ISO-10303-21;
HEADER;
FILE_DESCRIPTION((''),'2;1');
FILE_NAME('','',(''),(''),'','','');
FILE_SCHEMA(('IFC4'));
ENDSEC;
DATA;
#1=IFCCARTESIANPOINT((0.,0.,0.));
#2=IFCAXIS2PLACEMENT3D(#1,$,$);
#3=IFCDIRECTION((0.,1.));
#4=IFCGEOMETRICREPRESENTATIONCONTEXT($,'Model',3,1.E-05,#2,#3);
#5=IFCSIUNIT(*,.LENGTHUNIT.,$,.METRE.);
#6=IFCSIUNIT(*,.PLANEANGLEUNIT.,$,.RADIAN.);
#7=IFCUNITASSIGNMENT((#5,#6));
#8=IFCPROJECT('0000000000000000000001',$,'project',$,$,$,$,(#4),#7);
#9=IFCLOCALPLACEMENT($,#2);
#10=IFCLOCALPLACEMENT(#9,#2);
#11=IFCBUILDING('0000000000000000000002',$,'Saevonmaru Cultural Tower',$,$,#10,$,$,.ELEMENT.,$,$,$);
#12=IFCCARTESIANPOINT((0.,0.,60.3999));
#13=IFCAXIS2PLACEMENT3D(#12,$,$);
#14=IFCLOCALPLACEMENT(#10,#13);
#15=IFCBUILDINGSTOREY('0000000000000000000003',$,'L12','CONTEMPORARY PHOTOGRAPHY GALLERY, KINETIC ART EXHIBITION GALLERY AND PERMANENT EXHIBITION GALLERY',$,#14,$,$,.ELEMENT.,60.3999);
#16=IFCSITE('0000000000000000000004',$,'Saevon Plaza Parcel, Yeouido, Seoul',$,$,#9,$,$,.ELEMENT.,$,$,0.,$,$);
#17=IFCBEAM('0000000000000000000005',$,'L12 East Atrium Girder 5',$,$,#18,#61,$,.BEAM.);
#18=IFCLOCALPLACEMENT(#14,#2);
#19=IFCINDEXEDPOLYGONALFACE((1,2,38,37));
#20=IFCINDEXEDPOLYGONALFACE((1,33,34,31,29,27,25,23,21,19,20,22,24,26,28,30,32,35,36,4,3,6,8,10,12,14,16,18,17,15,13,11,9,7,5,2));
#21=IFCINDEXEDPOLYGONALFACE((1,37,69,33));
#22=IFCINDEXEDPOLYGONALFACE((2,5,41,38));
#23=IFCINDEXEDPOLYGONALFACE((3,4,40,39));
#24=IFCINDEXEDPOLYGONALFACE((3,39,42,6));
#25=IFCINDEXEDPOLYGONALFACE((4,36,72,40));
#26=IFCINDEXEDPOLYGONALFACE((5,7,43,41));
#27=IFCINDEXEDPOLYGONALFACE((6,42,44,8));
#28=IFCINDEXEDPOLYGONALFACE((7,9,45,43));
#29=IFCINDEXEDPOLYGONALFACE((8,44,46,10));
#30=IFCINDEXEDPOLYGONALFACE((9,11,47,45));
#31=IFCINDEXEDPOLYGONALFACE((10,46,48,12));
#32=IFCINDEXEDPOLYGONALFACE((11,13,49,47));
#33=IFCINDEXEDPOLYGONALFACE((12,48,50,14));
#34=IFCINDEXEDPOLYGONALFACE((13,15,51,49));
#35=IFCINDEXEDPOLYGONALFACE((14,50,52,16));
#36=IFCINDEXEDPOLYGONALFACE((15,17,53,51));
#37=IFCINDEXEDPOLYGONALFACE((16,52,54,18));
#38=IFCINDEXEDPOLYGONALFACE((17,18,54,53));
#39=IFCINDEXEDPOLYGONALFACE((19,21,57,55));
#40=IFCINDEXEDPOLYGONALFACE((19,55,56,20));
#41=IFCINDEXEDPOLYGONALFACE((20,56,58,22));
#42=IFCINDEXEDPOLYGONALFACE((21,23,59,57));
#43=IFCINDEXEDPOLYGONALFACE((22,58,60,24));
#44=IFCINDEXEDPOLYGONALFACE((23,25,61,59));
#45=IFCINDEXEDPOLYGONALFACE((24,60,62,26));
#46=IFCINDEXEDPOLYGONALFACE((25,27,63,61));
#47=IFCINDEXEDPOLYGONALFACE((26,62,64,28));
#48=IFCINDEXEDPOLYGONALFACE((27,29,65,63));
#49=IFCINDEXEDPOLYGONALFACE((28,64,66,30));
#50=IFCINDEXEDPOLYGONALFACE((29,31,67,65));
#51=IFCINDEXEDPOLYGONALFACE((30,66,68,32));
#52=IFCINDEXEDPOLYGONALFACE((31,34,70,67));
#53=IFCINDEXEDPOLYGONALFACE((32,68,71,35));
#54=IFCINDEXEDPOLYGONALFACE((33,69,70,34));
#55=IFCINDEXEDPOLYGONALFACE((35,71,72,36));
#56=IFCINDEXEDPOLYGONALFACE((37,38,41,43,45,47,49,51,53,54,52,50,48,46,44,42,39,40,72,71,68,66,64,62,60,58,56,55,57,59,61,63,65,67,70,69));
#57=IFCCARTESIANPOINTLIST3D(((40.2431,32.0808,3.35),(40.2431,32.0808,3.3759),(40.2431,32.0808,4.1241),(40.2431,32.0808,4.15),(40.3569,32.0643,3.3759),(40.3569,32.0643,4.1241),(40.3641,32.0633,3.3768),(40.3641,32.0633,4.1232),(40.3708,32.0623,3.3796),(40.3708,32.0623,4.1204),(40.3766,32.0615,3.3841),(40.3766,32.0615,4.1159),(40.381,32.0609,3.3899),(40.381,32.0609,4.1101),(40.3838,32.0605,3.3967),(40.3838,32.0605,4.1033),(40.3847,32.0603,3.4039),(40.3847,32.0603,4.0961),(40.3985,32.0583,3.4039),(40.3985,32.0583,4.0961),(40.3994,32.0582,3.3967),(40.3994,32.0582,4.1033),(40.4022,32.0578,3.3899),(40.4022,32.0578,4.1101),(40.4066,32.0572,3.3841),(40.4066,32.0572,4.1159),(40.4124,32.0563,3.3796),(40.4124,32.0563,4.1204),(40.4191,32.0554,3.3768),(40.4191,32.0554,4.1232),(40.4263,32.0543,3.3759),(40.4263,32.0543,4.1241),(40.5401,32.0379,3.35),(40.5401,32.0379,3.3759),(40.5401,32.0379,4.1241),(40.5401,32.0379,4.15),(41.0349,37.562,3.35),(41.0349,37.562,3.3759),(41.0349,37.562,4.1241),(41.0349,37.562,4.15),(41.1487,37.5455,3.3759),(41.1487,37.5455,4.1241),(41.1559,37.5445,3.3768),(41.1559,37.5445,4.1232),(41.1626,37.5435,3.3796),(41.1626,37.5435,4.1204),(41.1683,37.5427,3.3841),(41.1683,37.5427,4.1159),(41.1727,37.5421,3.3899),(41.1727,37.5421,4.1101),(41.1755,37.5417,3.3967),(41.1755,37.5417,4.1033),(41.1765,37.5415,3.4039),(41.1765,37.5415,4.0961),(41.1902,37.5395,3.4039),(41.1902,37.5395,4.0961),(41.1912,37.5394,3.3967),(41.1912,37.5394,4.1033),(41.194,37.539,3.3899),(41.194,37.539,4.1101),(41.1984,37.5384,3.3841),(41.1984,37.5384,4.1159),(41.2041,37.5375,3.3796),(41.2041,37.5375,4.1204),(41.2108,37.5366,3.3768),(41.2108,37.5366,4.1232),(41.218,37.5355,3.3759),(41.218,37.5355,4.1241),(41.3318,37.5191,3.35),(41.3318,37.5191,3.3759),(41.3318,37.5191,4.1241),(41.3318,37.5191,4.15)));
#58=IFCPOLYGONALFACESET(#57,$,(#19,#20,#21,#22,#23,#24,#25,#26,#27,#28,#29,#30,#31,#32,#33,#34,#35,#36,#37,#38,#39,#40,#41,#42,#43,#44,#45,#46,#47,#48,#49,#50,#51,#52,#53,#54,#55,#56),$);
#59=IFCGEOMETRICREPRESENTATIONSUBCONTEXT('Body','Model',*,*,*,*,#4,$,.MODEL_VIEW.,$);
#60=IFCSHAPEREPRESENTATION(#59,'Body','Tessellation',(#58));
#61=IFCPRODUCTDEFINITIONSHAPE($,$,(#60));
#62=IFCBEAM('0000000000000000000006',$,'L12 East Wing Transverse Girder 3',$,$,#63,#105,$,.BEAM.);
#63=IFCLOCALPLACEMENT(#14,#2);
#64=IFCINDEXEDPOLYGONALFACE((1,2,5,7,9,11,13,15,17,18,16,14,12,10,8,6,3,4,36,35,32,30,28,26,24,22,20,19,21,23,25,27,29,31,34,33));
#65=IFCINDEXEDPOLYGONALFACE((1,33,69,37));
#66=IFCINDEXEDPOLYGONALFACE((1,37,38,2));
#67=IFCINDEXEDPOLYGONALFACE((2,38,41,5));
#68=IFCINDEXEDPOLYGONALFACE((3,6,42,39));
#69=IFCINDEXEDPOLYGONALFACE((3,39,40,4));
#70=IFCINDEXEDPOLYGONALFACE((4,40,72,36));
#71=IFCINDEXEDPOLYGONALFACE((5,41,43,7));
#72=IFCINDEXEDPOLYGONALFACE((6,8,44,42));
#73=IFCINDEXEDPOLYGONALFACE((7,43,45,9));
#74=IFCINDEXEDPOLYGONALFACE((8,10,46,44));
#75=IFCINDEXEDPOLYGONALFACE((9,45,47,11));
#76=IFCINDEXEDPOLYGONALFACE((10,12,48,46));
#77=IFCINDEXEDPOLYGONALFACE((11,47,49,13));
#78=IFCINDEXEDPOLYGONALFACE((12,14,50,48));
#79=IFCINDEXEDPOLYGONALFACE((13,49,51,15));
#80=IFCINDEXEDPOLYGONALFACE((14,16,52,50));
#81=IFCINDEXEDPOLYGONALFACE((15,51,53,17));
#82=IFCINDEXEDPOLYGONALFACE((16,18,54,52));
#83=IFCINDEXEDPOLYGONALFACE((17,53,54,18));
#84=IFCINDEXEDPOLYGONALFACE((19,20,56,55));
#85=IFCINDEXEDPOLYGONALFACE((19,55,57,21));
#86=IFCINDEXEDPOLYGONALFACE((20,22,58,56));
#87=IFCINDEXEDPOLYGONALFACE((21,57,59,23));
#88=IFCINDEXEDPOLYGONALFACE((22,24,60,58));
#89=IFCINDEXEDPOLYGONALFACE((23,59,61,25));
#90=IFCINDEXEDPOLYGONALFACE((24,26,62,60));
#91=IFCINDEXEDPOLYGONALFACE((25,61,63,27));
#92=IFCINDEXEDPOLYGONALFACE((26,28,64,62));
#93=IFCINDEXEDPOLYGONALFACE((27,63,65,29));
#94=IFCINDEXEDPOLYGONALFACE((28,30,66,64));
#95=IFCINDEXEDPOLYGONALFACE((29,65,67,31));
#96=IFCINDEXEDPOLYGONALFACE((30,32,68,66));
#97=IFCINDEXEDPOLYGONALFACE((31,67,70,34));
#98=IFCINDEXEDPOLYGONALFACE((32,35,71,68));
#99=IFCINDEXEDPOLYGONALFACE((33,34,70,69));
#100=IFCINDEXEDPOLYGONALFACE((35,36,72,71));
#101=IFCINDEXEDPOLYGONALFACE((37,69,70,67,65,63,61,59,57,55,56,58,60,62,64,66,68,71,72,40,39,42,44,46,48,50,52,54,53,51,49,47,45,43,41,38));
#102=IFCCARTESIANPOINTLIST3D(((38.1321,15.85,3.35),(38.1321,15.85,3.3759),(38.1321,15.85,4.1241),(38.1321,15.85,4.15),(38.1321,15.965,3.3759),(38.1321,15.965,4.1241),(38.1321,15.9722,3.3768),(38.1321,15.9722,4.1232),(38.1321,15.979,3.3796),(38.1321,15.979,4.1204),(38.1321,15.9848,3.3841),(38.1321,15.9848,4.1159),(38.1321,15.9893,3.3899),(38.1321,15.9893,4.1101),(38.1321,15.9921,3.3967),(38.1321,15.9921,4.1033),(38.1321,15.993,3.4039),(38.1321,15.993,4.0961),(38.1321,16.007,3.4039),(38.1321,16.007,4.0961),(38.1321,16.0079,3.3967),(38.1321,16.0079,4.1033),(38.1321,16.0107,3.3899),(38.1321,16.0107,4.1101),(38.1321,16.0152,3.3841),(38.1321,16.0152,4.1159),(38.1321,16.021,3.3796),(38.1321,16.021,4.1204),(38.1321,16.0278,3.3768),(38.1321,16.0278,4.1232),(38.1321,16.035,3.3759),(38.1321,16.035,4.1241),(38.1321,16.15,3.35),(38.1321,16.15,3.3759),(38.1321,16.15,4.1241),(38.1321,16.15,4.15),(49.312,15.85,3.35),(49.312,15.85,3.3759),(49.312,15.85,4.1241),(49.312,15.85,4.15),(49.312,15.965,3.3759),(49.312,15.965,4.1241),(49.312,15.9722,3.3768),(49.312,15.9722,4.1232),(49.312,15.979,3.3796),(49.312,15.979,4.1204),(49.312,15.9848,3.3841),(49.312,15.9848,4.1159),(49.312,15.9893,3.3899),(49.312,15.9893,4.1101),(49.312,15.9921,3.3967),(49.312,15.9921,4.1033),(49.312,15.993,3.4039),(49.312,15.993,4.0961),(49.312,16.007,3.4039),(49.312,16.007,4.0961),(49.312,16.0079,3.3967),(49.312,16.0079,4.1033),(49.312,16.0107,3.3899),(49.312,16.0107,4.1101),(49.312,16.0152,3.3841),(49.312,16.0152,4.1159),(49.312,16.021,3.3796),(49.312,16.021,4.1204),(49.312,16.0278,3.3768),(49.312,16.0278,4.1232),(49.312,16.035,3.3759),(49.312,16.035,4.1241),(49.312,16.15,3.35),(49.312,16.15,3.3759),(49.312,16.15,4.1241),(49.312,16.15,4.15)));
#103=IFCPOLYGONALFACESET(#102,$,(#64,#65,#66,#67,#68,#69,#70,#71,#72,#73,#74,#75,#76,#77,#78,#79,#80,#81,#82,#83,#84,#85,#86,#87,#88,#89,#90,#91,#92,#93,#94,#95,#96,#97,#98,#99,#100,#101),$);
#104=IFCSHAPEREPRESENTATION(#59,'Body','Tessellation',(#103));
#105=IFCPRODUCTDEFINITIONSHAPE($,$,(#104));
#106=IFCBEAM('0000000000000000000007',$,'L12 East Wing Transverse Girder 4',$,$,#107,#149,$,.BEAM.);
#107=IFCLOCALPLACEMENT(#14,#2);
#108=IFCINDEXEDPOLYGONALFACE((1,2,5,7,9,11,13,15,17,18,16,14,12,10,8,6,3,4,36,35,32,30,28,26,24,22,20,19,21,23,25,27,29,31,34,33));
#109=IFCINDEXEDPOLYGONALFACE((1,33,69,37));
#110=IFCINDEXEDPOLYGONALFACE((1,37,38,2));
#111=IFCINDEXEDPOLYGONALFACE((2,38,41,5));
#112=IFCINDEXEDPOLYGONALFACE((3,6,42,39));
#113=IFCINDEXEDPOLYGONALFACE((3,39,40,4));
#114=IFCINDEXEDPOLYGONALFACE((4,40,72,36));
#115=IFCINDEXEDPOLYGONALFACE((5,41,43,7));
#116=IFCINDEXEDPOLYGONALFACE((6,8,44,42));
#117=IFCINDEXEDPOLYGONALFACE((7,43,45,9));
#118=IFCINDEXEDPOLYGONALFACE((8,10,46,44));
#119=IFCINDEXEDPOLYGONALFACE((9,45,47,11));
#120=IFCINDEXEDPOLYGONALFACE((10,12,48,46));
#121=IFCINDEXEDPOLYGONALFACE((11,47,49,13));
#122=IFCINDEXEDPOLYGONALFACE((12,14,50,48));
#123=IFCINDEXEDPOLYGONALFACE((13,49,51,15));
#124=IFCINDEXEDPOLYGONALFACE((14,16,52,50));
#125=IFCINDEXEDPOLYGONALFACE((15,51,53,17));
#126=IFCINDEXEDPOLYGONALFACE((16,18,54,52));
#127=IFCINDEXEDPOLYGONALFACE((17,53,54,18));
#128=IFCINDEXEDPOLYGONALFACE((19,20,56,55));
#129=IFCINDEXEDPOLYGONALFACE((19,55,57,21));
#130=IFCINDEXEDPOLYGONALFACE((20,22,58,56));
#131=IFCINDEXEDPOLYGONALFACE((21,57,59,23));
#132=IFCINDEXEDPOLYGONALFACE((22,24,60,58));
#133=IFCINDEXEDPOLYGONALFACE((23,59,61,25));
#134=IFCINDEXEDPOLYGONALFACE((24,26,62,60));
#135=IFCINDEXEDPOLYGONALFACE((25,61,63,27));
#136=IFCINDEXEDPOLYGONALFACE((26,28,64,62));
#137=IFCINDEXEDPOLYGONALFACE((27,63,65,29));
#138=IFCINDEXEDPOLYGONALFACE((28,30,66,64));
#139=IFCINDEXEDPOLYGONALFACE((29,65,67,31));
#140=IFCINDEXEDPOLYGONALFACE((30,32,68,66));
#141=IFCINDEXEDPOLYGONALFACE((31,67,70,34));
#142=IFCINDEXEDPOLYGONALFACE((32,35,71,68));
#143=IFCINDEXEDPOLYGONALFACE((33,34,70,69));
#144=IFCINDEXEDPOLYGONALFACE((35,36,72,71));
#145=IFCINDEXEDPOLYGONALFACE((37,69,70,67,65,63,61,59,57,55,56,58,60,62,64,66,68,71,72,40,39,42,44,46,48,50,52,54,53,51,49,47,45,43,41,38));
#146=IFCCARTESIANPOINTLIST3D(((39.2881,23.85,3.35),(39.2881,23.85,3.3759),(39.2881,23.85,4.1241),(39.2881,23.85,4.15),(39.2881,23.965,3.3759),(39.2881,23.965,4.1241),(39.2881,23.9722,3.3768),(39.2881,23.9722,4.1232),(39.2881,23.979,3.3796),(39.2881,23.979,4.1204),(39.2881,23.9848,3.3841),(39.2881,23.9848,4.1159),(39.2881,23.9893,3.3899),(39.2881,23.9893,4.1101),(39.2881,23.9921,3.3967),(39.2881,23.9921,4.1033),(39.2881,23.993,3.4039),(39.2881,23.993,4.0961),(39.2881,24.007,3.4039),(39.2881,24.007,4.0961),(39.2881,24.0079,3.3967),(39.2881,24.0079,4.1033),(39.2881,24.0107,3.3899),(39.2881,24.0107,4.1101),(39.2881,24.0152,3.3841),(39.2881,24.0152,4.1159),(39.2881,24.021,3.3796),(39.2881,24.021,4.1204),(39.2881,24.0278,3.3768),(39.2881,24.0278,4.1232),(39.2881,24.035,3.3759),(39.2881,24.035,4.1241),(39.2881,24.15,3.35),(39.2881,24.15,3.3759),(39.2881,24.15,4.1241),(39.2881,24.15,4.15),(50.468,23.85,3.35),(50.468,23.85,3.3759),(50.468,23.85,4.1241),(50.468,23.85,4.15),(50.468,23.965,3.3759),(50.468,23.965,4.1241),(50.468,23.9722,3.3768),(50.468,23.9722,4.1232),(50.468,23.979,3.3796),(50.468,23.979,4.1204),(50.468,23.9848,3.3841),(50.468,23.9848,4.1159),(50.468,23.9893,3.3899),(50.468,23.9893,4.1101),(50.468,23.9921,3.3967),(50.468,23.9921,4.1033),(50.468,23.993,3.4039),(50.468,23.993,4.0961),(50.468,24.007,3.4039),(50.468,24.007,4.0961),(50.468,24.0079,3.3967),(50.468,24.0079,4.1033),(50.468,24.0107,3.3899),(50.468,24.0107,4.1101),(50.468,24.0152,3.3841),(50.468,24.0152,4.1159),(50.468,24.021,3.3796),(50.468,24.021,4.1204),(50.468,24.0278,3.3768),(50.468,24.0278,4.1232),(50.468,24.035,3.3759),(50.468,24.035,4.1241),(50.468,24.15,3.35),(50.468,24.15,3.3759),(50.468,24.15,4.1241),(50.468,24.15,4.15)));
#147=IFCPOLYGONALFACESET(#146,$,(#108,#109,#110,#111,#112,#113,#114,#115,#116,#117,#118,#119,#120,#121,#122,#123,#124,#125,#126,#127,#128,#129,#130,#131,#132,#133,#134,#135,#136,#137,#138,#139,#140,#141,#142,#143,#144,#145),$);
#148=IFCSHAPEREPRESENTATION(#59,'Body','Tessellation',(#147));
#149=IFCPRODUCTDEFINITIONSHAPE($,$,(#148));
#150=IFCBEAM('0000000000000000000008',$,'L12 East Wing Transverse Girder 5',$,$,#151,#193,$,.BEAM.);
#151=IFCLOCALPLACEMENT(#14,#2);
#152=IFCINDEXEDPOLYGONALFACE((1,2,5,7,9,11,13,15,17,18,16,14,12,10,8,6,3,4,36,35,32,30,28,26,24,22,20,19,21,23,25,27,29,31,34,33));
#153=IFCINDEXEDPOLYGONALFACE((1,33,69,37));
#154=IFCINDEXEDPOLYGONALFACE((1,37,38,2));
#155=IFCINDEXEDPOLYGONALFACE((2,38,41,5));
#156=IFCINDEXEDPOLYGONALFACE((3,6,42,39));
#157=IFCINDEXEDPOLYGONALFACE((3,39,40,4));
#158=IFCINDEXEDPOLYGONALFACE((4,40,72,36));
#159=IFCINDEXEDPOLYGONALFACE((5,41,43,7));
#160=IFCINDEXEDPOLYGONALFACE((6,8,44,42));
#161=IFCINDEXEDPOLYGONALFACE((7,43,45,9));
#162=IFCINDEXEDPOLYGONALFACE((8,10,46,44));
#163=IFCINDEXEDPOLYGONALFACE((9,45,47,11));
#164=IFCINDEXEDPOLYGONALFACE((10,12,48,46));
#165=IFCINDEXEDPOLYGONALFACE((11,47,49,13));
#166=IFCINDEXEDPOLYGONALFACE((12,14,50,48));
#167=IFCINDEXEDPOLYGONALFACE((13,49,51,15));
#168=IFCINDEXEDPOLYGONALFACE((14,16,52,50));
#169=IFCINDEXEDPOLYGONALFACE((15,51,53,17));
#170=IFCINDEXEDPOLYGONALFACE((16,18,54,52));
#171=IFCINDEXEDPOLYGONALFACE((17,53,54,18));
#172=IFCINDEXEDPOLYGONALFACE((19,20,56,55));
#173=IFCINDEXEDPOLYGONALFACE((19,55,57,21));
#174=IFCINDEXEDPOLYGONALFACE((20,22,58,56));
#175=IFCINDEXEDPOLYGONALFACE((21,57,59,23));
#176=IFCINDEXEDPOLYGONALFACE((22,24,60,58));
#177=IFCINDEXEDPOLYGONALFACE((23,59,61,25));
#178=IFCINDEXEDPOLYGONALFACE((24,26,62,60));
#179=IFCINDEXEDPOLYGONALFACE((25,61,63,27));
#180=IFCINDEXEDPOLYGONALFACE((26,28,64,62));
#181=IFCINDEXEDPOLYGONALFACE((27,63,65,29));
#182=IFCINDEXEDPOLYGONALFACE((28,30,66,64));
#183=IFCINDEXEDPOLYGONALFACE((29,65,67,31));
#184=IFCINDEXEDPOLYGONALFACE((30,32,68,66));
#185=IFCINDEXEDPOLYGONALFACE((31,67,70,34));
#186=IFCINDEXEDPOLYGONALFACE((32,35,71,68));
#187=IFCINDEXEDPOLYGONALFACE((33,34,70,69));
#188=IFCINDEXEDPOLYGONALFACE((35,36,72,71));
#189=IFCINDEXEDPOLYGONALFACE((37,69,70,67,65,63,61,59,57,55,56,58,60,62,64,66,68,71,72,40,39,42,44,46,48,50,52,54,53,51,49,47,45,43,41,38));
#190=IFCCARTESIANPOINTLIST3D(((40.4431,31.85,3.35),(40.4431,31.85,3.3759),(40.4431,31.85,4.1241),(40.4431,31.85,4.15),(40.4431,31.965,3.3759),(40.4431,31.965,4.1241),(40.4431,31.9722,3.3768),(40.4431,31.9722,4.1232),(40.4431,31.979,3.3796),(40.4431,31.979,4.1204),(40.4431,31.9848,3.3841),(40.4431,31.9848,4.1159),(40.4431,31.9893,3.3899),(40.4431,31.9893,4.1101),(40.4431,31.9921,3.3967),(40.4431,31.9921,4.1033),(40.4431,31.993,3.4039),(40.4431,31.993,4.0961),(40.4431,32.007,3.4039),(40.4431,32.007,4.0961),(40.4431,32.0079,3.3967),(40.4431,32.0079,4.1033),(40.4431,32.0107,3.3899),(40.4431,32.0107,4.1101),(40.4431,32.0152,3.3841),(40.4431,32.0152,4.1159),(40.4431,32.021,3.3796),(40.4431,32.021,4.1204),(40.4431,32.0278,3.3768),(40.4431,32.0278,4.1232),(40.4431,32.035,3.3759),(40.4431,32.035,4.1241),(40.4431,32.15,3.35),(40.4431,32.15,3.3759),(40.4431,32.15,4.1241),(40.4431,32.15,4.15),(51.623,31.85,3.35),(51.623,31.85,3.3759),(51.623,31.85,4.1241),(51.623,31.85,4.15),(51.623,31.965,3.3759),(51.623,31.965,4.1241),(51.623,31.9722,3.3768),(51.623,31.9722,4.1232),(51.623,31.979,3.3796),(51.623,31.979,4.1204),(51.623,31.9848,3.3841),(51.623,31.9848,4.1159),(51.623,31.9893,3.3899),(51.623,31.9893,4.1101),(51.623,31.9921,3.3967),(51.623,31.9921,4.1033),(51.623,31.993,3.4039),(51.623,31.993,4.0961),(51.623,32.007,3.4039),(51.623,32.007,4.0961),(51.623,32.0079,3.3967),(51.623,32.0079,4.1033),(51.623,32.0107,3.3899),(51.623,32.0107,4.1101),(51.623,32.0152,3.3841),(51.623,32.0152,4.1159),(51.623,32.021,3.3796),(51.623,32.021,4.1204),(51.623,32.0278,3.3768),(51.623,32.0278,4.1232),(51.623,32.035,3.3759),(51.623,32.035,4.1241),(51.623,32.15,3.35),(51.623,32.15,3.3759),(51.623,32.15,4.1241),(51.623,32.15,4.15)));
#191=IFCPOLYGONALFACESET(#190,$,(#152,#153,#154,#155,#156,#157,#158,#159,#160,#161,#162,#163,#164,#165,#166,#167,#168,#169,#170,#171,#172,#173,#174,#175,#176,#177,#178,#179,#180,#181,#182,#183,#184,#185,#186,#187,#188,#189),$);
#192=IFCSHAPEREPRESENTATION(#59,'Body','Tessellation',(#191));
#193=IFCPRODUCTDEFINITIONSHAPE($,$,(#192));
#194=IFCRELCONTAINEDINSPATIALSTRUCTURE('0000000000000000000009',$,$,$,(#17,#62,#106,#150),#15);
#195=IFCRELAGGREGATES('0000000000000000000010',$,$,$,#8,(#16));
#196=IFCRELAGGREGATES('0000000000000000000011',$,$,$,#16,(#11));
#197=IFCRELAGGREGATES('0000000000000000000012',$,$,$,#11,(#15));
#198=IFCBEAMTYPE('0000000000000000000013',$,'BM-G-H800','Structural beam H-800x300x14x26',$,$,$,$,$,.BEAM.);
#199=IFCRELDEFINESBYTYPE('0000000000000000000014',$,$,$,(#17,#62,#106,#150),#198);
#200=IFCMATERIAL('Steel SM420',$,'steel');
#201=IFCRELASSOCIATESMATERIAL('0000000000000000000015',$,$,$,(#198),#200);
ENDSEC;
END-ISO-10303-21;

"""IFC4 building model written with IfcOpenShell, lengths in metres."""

from ifc_helpers import new_model, si_unit, direction, frame, origin, origin_2d, place, context, subcontext, project, spatial, i_section, extrude, material, material_profile, profile_set, type_object, element, save


model = new_model("IFC4")

# Units and contexts
model_context = context("Model", 3, precision=1e-05, world=origin(), true_north=direction((0.0, 1.0)))
body_context = subcontext(model_context, "Body", "Model", "MODEL_VIEW")
ifc_project = project(units=[si_unit("LENGTHUNIT", "METRE"), si_unit("PLANEANGLEUNIT", "RADIAN")], contexts=[model_context])

# Site, building, storey
site_placement = place(None, origin())
site = spatial("IfcSite", under=ifc_project, at=site_placement, Name="Saevon Plaza Parcel, Yeouido, Seoul", CompositionType="ELEMENT", RefElevation=0.0)
building_placement = place(site_placement, origin())
building = spatial("IfcBuilding", under=site, at=building_placement, Name="Saevonmaru Cultural Tower", CompositionType="ELEMENT")
storey_placement = place(building_placement, frame((0.0, 0.0, 60.3999)))
storey = spatial("IfcBuildingStorey", under=building, at=storey_placement, Name="L12", Description="CONTEMPORARY PHOTOGRAPHY GALLERY, KINETIC ART EXHIBITION GALLERY AND PERMANENT EXHIBITION GALLERY", CompositionType="ELEMENT", Elevation=60.3999)

# Shared definitions
ifc_material_1 = material(Name="Steel SM420", Category="steel")

# Beams
ifc_material_profile_1 = material_profile(ifc_material_1, i_section(OverallWidth=0.3, OverallDepth=0.8, WebThickness=0.0139, FlangeThickness=0.0259, FilletRadius=0.0281, at=origin_2d()), Name="H-800x300x14x26")
ifc_profile_set_1 = profile_set([ifc_material_profile_1], Name="Steel SM420")
beam_type_1 = type_object("IfcBeamType", Name="BM-G-H800", Description="Structural beam H-800x300x14x26", PredefinedType="BEAM", material=ifc_profile_set_1)
beam_1_placement = place(storey_placement, frame((40.3916, 32.0593, 3.75), z_axis=(0.142964, 0.989728, 0.0), x_axis=(-0.989728, 0.142964, 0.0)))
element("IfcBeam", 1, at=beam_1_placement, inside=storey, type_object=beam_type_1, Name="L12 East Atrium Girder 5", PredefinedType="BEAM", context=body_context, shape_type="SweptSolid", body=[
    extrude(i_section(OverallWidth=0.3, OverallDepth=0.8, WebThickness=0.0139, FlangeThickness=0.0259, FilletRadius=0.0281, at=origin_2d()), origin(), (0.0, 0.0, 1.0), 5.5381),
])
for number, where, z_axis, x_axis, name in (
    (2, (38.1321, 16.0, 3.75), (1.0, 0.0, 0.0), (0.0, 1.0, 0.0), "L12 East Wing Transverse Girder 3"),
    (3, (39.2881, 24.0, 3.75), (1.0, 0.0, 0.0), (0.0, 1.0, 0.0), "L12 East Wing Transverse Girder 4"),
    (4, (40.4431, 32.0, 3.75), (1.0, 0.0, 0.0), (0.0, 1.0, 0.0), "L12 East Wing Transverse Girder 5"),
):
    element("IfcBeam", number, at=place(storey_placement, frame(where, z_axis=z_axis, x_axis=x_axis)), inside=storey, type_object=beam_type_1, Name=name, PredefinedType="BEAM", context=body_context, shape_type="SweptSolid", body=[
        extrude(i_section(OverallWidth=0.3, OverallDepth=0.8, WebThickness=0.0139, FlangeThickness=0.0259, FilletRadius=0.0281, at=origin_2d()), origin(), (0.0, 0.0, 1.0), 11.1799),
    ])

save(model, "model.ifc")
